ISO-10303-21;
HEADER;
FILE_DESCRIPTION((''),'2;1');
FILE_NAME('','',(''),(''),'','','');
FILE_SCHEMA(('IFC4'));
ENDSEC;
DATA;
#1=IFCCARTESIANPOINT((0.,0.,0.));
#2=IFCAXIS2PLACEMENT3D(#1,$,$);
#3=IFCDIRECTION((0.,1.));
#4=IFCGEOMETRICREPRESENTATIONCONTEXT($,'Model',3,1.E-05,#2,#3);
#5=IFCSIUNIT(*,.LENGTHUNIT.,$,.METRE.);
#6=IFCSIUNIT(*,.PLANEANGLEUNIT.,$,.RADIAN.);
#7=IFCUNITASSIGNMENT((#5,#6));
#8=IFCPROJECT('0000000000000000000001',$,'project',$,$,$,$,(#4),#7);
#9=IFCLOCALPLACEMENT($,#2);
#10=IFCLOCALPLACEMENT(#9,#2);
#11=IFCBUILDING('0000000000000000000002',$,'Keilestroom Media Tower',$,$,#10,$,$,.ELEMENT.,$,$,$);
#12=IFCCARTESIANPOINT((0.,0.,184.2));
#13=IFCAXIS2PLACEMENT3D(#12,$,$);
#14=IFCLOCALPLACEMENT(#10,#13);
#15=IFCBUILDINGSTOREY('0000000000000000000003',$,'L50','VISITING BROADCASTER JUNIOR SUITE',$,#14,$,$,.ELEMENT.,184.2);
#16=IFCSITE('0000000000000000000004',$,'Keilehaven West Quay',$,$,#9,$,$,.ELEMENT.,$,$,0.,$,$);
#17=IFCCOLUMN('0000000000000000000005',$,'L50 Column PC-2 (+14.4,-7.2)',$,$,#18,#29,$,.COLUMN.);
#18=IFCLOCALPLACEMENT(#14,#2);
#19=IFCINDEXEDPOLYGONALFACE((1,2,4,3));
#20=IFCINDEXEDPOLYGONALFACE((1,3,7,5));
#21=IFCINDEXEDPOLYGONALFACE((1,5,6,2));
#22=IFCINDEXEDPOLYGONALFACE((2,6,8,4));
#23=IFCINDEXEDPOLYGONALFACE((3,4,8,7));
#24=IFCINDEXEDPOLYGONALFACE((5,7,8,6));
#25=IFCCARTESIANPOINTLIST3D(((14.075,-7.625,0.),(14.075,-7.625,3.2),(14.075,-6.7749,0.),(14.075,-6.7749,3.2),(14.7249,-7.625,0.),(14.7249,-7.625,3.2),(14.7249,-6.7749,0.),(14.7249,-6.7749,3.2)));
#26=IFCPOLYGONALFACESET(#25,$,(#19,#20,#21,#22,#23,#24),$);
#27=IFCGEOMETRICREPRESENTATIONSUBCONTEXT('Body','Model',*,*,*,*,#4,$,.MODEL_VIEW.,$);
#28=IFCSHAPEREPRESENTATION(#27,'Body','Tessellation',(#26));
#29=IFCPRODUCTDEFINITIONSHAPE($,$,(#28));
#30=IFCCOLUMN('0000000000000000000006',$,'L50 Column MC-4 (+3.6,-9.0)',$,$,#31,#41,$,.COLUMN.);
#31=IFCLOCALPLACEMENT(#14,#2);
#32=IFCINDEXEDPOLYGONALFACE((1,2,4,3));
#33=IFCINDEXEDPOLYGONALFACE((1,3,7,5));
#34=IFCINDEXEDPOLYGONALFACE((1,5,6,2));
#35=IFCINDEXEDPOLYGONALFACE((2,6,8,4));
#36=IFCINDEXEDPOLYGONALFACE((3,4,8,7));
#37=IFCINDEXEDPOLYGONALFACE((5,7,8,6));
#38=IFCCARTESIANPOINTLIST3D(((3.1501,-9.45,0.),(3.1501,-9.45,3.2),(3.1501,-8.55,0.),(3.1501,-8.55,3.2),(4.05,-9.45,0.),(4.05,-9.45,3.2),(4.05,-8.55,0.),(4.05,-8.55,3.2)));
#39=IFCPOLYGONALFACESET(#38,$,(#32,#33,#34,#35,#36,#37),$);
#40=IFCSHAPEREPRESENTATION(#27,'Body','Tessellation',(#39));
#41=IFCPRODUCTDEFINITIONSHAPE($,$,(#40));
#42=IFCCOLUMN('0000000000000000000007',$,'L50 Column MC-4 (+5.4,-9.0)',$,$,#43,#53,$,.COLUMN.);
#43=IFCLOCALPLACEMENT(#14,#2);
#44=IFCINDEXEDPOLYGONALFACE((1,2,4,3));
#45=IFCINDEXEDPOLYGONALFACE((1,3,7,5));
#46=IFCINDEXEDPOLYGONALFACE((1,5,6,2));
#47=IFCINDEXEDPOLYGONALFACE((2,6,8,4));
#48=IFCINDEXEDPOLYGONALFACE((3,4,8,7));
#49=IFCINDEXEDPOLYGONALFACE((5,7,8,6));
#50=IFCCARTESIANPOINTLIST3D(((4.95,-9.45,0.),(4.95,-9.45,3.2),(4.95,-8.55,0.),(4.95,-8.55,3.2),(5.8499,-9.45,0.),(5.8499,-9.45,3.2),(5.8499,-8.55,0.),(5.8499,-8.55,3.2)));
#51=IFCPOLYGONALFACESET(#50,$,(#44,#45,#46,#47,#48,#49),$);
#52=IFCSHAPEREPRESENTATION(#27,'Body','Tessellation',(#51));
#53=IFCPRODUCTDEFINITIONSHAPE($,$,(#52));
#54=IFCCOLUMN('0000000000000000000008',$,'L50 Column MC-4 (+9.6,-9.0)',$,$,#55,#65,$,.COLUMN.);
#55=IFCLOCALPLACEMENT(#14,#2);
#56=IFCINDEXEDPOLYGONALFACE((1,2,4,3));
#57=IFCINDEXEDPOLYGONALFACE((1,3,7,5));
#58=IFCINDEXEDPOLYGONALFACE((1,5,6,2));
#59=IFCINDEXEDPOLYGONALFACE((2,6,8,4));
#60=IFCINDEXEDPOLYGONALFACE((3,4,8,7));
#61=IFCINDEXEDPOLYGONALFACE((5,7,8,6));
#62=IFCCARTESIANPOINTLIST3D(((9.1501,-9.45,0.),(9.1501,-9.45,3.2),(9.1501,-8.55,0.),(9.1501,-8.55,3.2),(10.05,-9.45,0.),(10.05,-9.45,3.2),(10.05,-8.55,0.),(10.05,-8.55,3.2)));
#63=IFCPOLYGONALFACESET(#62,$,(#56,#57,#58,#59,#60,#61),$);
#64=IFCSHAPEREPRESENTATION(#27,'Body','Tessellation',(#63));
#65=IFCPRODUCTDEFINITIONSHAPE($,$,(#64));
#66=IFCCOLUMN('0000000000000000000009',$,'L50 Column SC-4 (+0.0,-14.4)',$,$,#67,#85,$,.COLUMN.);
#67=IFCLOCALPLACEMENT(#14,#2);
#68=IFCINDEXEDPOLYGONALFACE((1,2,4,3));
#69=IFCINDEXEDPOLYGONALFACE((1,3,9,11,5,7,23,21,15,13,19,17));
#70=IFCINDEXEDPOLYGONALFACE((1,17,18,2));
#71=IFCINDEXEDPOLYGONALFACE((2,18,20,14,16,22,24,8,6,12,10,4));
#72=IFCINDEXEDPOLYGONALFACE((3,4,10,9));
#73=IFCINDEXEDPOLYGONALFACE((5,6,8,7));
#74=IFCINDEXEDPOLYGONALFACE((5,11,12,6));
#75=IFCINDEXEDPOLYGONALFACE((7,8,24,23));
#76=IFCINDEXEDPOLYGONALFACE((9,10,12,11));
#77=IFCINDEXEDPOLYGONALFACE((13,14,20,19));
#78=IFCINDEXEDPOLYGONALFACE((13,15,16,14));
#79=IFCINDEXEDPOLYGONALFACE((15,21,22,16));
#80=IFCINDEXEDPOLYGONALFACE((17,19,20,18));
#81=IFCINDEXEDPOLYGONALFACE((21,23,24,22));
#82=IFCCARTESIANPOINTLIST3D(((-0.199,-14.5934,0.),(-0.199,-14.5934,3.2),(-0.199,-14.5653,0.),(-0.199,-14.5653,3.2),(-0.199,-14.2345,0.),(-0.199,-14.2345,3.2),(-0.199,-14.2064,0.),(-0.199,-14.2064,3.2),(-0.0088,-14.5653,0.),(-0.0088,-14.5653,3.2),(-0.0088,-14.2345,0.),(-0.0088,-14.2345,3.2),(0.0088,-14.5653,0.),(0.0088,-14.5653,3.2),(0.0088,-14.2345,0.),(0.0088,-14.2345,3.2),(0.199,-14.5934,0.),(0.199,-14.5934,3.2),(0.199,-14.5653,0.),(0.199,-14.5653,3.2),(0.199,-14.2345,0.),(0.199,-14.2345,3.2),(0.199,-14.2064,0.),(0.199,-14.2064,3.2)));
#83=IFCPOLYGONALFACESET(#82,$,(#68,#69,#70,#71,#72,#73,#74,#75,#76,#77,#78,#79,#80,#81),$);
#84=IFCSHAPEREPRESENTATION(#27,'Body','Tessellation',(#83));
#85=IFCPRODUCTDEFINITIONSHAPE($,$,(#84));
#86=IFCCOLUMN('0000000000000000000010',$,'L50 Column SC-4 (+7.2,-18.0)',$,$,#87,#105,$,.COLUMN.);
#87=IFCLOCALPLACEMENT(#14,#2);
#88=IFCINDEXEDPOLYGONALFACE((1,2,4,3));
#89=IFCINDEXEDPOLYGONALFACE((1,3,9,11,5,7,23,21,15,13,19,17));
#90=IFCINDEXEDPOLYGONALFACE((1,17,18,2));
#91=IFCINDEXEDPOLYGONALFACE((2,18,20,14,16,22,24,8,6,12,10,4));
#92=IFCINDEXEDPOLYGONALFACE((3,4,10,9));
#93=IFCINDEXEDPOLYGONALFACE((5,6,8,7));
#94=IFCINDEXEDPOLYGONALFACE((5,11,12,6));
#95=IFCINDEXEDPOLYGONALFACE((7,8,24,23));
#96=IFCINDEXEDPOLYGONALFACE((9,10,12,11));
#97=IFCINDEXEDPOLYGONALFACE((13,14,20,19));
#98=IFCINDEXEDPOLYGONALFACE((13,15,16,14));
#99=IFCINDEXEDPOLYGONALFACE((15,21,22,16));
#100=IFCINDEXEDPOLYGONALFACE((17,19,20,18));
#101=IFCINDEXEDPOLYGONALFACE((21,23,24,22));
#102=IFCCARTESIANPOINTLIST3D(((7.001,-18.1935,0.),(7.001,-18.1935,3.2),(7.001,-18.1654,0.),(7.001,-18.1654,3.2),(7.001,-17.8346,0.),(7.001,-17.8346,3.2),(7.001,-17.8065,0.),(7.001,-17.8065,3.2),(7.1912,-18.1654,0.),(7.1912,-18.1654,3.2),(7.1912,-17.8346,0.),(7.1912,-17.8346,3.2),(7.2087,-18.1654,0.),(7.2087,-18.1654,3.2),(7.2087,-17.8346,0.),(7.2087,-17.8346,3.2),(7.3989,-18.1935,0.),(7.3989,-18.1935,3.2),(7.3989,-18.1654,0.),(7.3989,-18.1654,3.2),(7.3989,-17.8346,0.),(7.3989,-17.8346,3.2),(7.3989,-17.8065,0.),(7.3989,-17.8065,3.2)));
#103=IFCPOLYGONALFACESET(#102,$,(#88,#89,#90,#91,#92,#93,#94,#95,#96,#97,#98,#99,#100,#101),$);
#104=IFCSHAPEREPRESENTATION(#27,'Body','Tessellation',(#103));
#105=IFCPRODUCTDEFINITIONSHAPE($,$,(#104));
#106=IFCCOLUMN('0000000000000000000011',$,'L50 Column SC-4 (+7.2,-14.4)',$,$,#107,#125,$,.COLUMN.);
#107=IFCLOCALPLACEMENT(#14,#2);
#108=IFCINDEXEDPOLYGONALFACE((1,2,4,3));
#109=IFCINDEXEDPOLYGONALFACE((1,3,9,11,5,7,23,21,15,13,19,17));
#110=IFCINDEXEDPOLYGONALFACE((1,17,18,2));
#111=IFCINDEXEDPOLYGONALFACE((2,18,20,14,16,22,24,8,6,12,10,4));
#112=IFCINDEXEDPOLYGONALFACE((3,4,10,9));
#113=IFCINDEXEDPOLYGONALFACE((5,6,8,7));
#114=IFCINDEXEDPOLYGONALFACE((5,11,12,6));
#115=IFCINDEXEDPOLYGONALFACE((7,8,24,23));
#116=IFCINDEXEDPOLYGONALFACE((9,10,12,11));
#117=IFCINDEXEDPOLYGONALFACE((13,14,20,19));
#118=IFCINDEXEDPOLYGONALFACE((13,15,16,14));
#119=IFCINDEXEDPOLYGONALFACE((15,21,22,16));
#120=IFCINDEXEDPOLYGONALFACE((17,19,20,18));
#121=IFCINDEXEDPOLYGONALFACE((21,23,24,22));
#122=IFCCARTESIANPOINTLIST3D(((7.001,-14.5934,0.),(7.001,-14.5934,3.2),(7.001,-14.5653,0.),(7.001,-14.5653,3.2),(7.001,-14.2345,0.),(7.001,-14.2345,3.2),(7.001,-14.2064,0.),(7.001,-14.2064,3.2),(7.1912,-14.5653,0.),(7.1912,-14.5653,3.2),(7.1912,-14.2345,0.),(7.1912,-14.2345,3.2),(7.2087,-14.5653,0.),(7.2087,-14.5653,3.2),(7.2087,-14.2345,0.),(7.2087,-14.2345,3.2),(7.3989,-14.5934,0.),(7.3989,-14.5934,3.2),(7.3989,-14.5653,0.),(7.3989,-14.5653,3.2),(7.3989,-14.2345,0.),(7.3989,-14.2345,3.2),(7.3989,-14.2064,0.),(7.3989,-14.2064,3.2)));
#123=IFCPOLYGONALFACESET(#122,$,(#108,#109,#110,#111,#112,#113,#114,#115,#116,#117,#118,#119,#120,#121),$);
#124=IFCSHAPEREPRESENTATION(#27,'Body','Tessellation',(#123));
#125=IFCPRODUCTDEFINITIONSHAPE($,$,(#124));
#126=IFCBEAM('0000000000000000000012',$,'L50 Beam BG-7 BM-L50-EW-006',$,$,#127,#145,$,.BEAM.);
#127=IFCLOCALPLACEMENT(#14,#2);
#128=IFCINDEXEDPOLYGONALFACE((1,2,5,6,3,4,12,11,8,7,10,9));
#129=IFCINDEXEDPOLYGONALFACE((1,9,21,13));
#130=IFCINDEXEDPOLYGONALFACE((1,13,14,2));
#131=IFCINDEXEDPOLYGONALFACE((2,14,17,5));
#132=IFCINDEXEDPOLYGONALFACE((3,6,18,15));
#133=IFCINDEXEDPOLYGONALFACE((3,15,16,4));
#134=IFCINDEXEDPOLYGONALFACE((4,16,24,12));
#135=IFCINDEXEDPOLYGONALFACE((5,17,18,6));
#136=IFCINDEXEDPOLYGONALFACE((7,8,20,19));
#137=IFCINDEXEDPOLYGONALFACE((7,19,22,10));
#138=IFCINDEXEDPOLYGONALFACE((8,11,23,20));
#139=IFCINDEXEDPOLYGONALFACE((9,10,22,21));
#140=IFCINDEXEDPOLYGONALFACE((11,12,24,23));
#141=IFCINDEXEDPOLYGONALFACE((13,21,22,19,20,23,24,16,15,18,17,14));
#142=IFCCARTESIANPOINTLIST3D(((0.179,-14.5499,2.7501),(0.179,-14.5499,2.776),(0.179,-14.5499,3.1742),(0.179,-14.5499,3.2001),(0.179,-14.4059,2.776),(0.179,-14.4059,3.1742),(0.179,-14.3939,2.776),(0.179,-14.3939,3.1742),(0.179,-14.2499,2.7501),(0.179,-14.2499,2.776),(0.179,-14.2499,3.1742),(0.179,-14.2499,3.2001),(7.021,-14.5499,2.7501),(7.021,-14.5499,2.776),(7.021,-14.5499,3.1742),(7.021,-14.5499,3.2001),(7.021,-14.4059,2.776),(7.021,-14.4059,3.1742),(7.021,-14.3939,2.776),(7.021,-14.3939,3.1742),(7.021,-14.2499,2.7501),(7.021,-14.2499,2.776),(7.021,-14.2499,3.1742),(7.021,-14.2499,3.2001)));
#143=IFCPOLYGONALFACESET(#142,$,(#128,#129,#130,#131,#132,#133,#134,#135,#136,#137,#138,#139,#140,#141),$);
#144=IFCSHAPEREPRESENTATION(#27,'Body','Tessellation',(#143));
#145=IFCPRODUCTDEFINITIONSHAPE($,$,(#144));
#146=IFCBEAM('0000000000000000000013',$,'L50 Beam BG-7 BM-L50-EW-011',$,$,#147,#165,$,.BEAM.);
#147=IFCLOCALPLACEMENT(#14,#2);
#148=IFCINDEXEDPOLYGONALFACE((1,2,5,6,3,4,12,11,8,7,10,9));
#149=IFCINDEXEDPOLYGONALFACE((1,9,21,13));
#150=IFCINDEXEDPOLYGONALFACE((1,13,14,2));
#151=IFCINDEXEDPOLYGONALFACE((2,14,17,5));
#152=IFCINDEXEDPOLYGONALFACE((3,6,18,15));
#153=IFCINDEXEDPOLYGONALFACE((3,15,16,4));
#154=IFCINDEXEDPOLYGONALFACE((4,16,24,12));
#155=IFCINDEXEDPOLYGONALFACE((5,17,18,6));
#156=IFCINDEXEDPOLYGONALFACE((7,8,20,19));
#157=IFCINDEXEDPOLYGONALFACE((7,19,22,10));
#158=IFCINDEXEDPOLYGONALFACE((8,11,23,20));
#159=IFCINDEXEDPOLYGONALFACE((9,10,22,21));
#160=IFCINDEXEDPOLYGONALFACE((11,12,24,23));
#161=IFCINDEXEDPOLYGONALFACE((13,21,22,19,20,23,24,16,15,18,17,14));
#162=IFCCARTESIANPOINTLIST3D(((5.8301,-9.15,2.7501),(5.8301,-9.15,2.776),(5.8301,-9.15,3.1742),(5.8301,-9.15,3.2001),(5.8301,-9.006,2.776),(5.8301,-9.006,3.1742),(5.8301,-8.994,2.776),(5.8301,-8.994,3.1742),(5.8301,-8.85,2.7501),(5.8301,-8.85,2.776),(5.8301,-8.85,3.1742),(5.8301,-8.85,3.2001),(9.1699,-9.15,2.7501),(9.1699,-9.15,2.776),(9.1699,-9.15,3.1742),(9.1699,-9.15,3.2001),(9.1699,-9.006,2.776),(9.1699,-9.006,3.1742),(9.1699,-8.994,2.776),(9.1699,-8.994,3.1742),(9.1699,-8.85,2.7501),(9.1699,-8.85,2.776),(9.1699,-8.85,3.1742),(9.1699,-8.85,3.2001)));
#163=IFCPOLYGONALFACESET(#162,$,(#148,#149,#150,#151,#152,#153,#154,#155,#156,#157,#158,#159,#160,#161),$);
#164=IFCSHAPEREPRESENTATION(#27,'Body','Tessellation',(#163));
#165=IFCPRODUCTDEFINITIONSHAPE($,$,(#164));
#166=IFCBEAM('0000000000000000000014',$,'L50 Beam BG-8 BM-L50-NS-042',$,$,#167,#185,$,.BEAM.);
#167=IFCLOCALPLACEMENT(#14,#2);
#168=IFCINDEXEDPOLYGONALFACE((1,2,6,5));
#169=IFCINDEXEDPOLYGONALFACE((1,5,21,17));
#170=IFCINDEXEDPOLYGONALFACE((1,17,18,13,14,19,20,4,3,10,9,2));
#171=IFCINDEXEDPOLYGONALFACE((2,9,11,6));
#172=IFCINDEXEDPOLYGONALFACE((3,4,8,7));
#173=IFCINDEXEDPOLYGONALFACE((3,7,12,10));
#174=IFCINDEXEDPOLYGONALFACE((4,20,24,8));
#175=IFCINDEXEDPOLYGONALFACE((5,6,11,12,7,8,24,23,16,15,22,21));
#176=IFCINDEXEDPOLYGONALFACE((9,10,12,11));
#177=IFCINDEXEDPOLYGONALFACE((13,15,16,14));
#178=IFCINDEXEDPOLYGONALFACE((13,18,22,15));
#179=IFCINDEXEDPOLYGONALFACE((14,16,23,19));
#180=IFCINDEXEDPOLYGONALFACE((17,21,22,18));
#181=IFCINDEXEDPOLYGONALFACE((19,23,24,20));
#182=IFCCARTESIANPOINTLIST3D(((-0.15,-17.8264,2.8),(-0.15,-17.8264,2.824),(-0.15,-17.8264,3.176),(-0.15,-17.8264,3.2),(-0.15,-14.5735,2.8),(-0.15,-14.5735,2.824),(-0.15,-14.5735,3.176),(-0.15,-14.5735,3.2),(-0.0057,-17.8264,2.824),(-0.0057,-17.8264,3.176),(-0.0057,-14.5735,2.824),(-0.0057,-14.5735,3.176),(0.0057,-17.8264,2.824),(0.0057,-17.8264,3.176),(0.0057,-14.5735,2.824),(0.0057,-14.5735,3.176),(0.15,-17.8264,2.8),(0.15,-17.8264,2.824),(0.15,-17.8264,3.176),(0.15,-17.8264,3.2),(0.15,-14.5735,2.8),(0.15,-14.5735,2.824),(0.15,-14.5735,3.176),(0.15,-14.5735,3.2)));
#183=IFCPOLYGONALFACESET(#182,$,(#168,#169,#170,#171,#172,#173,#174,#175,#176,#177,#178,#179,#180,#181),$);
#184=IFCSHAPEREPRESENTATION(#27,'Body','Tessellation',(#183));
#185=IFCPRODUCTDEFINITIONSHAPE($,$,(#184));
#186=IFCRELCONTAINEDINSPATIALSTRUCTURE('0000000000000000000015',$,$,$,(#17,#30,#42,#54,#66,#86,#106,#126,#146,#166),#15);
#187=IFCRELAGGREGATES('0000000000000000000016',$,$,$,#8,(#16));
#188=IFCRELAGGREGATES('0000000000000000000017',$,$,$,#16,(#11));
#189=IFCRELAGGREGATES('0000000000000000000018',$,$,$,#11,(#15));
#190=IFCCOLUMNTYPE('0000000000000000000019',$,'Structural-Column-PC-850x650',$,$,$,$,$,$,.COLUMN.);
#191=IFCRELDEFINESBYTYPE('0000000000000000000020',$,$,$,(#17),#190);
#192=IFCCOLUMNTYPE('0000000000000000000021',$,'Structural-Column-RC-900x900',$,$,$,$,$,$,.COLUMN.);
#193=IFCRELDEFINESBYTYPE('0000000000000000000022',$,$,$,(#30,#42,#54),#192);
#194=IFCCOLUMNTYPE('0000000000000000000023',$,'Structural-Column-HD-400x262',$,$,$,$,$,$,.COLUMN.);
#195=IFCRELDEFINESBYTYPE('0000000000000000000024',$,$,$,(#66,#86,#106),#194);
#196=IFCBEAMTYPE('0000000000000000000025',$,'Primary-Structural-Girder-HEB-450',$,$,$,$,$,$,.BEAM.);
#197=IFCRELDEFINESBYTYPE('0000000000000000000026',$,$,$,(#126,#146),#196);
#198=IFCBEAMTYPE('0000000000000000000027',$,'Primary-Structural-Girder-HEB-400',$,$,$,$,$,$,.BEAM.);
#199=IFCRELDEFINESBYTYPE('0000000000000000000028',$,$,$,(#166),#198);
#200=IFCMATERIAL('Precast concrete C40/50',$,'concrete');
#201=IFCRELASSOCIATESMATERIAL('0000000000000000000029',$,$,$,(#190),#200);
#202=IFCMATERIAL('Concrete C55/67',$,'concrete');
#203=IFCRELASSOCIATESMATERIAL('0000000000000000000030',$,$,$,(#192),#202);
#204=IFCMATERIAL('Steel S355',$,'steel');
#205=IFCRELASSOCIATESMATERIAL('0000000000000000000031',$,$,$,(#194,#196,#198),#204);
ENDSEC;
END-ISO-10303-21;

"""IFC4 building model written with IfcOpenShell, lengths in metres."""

from ifc_helpers import new_model, si_unit, direction, frame, origin, origin_2d, place, context, subcontext, project, spatial, rectangle, i_section, extrude, source, transform, mapped, material, material_profile, profile_set, type_object, element, save


model = new_model("IFC4")

# Units and contexts
model_context = context("Model", 3, precision=1e-05, world=origin(), true_north=direction((0.0, 1.0)))
body_context = subcontext(model_context, "Body", "Model", "MODEL_VIEW")
ifc_project = project(units=[si_unit("LENGTHUNIT", "METRE"), si_unit("PLANEANGLEUNIT", "RADIAN")], contexts=[model_context])

# Site, building, storey
site_placement = place(None, origin())
site = spatial("IfcSite", under=ifc_project, at=site_placement, Name="Keilehaven West Quay", CompositionType="ELEMENT", RefElevation=0.0)
building_placement = place(site_placement, origin())
building = spatial("IfcBuilding", under=site, at=building_placement, Name="Keilestroom Media Tower", CompositionType="ELEMENT")
storey_placement = place(building_placement, frame((0.0, 0.0, 184.2)))
storey = spatial("IfcBuildingStorey", under=building, at=storey_placement, Name="L50", Description="VISITING BROADCASTER JUNIOR SUITE", CompositionType="ELEMENT", Elevation=184.2)

# Columns
ifc_material_1 = material(Name="Precast concrete C40/50", Category="concrete")
ifc_material_profile_1 = material_profile(ifc_material_1, rectangle(XDim=0.6499, YDim=0.8501, at=origin_2d()), Name="PC 850x650")
ifc_profile_set_1 = profile_set([ifc_material_profile_1], Name="Precast concrete C40/50")
column_type_1 = type_object("IfcColumnType", Name="Structural-Column-PC-850x650", PredefinedType="COLUMN", material=ifc_profile_set_1)
shared_shape_1 = source(origin(), body_context, "Body", "SweptSolid", [
    extrude(rectangle(XDim=0.6499, YDim=0.8501, at=origin_2d()), origin(), (0.0, 0.0, 1.0), 3.2),
])
column_placement = place(storey_placement, frame((14.3999, -7.2, 0.0), z_axis=(0.0, 0.0, 1.0), x_axis=(1.0, 0.0, 0.0)))
element("IfcColumn", 1, at=column_placement, inside=storey, type_object=column_type_1, Name="L50 Column PC-2 (+14.4,-7.2)", PredefinedType="COLUMN", context=body_context, shape_type="MappedRepresentation", body=[
    mapped(shared_shape_1, transform((0.0, 0.0, 0.0), x_axis=(1.0, 0.0, 0.0), y_axis=(0.0, 1.0, 0.0), z_axis=(0.0, 0.0, 1.0), scale=1.0)),
])
ifc_material_2 = material(Name="Concrete C55/67", Category="concrete")
ifc_material_profile_2 = material_profile(ifc_material_2, rectangle(XDim=0.8999, YDim=0.8999, at=origin_2d()), Name="RC 900x900")
ifc_profile_set_2 = profile_set([ifc_material_profile_2], Name="Concrete C55/67")
column_type_2 = type_object("IfcColumnType", Name="Structural-Column-RC-900x900", PredefinedType="COLUMN", material=ifc_profile_set_2)
shared_shape_2 = source(origin(), body_context, "Body", "SweptSolid", [
    extrude(rectangle(XDim=0.8999, YDim=0.8999, at=origin_2d()), origin(), (0.0, 0.0, 1.0), 3.2),
])
for number, where, z_axis, x_axis, name in (
    (2, (3.6001, -9.0, 0.0), (0.0, 0.0, 1.0), (1.0, 0.0, 0.0), "L50 Column MC-4 (+3.6,-9.0)"),
    (3, (5.3999, -9.0, 0.0), (0.0, 0.0, 1.0), (1.0, 0.0, 0.0), "L50 Column MC-4 (+5.4,-9.0)"),
    (4, (9.6001, -9.0, 0.0), (0.0, 0.0, 1.0), (1.0, 0.0, 0.0), "L50 Column MC-4 (+9.6,-9.0)"),
):
    element("IfcColumn", number, at=place(storey_placement, frame(where, z_axis=z_axis, x_axis=x_axis)), inside=storey, type_object=column_type_2, Name=name, PredefinedType="COLUMN", context=body_context, shape_type="MappedRepresentation", body=[
        mapped(shared_shape_2, transform((0.0, 0.0, 0.0), x_axis=(1.0, 0.0, 0.0), y_axis=(0.0, 1.0, 0.0), z_axis=(0.0, 0.0, 1.0), scale=1.0)),
    ])
ifc_material_3 = material(Name="Steel S355", Category="steel")
ifc_material_profile_3 = material_profile(ifc_material_3, i_section(OverallWidth=0.3979, OverallDepth=0.387, WebThickness=0.0176, FlangeThickness=0.0281, at=origin_2d()), Name="HD 400x262")
ifc_profile_set_3 = profile_set([ifc_material_profile_3], Name="Steel S355")
column_type_3 = type_object("IfcColumnType", Name="Structural-Column-HD-400x262", PredefinedType="COLUMN", material=ifc_profile_set_3)
shared_shape_3 = source(origin(), body_context, "Body", "SweptSolid", [
    extrude(i_section(OverallWidth=0.3979, OverallDepth=0.387, WebThickness=0.0176, FlangeThickness=0.0281, at=origin_2d()), origin(), (0.0, 0.0, 1.0), 3.2),
])
for number, where, z_axis, x_axis, name in (
    (5, (0.0, -14.3999, 0.0), (0.0, 0.0, 1.0), (1.0, 0.0, 0.0), "L50 Column SC-4 (+0.0,-14.4)"),
    (6, (7.2, -18.0, 0.0), (0.0, 0.0, 1.0), (1.0, 0.0, 0.0), "L50 Column SC-4 (+7.2,-18.0)"),
    (7, (7.2, -14.3999, 0.0), (0.0, 0.0, 1.0), (1.0, 0.0, 0.0), "L50 Column SC-4 (+7.2,-14.4)"),
):
    element("IfcColumn", number, at=place(storey_placement, frame(where, z_axis=z_axis, x_axis=x_axis)), inside=storey, type_object=column_type_3, Name=name, PredefinedType="COLUMN", context=body_context, shape_type="MappedRepresentation", body=[
        mapped(shared_shape_3, transform((0.0, 0.0, 0.0), x_axis=(1.0, 0.0, 0.0), y_axis=(0.0, 1.0, 0.0), z_axis=(0.0, 0.0, 1.0), scale=1.0)),
    ])

# Beams
ifc_material_profile_4 = material_profile(ifc_material_3, i_section(OverallWidth=0.3, OverallDepth=0.45, WebThickness=0.012, FlangeThickness=0.0259, at=origin_2d()), Name="HEB 450")
ifc_profile_set_4 = profile_set([ifc_material_profile_4], Name="Steel S355")
beam_type_1 = type_object("IfcBeamType", Name="Primary-Structural-Girder-HEB-450", PredefinedType="BEAM", material=ifc_profile_set_4)
shared_shape_4 = source(origin(), body_context, "Body", "SweptSolid", [
    extrude(i_section(OverallWidth=0.3, OverallDepth=0.45, WebThickness=0.012, FlangeThickness=0.0259, at=origin_2d()), origin(), (0.0, 0.0, 1.0), 6.842),
])
beam_1_placement = place(storey_placement, frame((0.179, -14.3999, 2.9751), z_axis=(1.0, 0.0, 0.0), x_axis=(0.0, 1.0, 0.0)))
element("IfcBeam", 8, at=beam_1_placement, inside=storey, type_object=beam_type_1, Name="L50 Beam BG-7 BM-L50-EW-006", PredefinedType="BEAM", context=body_context, shape_type="MappedRepresentation", body=[
    mapped(shared_shape_4, transform((0.0, 0.0, 0.0), x_axis=(1.0, 0.0, 0.0), y_axis=(0.0, 1.0, 0.0), z_axis=(0.0, 0.0, 1.0), scale=1.0)),
])
shared_shape_5 = source(origin(), body_context, "Body", "SweptSolid", [
    extrude(i_section(OverallWidth=0.3, OverallDepth=0.45, WebThickness=0.012, FlangeThickness=0.0259, at=origin_2d()), origin(), (0.0, 0.0, 1.0), 3.3398),
])
beam_2_placement = place(storey_placement, frame((5.8301, -9.0, 2.9751), z_axis=(1.0, 0.0, 0.0), x_axis=(0.0, 1.0, 0.0)))
element("IfcBeam", 9, at=beam_2_placement, inside=storey, type_object=beam_type_1, Name="L50 Beam BG-7 BM-L50-EW-011", PredefinedType="BEAM", context=body_context, shape_type="MappedRepresentation", body=[
    mapped(shared_shape_5, transform((0.0, 0.0, 0.0), x_axis=(1.0, 0.0, 0.0), y_axis=(0.0, 1.0, 0.0), z_axis=(0.0, 0.0, 1.0), scale=1.0)),
])
ifc_material_profile_5 = material_profile(ifc_material_3, i_section(OverallWidth=0.3, OverallDepth=0.3999, WebThickness=0.0115, FlangeThickness=0.0239, at=origin_2d()), Name="HEB 400")
ifc_profile_set_5 = profile_set([ifc_material_profile_5], Name="Steel S355")
beam_type_2 = type_object("IfcBeamType", Name="Primary-Structural-Girder-HEB-400", PredefinedType="BEAM", material=ifc_profile_set_5)
shared_shape_6 = source(origin(), body_context, "Body", "SweptSolid", [
    extrude(i_section(OverallWidth=0.3, OverallDepth=0.3999, WebThickness=0.0115, FlangeThickness=0.0239, at=origin_2d()), origin(), (0.0, 0.0, 1.0), 3.2529),
])
for number, where, z_axis, x_axis, name in (
    (10, (0.0, -17.8264, 3.0), (0.0, 1.0, 0.0), (-1.0, 0.0, 0.0), "L50 Beam BG-8 BM-L50-NS-042"),
):
    element("IfcBeam", number, at=place(storey_placement, frame(where, z_axis=z_axis, x_axis=x_axis)), inside=storey, type_object=beam_type_2, Name=name, PredefinedType="BEAM", context=body_context, shape_type="MappedRepresentation", body=[
        mapped(shared_shape_6, transform((0.0, 0.0, 0.0), x_axis=(1.0, 0.0, 0.0), y_axis=(0.0, 1.0, 0.0), z_axis=(0.0, 0.0, 1.0), scale=1.0)),
    ])

save(model, "model.ifc")
